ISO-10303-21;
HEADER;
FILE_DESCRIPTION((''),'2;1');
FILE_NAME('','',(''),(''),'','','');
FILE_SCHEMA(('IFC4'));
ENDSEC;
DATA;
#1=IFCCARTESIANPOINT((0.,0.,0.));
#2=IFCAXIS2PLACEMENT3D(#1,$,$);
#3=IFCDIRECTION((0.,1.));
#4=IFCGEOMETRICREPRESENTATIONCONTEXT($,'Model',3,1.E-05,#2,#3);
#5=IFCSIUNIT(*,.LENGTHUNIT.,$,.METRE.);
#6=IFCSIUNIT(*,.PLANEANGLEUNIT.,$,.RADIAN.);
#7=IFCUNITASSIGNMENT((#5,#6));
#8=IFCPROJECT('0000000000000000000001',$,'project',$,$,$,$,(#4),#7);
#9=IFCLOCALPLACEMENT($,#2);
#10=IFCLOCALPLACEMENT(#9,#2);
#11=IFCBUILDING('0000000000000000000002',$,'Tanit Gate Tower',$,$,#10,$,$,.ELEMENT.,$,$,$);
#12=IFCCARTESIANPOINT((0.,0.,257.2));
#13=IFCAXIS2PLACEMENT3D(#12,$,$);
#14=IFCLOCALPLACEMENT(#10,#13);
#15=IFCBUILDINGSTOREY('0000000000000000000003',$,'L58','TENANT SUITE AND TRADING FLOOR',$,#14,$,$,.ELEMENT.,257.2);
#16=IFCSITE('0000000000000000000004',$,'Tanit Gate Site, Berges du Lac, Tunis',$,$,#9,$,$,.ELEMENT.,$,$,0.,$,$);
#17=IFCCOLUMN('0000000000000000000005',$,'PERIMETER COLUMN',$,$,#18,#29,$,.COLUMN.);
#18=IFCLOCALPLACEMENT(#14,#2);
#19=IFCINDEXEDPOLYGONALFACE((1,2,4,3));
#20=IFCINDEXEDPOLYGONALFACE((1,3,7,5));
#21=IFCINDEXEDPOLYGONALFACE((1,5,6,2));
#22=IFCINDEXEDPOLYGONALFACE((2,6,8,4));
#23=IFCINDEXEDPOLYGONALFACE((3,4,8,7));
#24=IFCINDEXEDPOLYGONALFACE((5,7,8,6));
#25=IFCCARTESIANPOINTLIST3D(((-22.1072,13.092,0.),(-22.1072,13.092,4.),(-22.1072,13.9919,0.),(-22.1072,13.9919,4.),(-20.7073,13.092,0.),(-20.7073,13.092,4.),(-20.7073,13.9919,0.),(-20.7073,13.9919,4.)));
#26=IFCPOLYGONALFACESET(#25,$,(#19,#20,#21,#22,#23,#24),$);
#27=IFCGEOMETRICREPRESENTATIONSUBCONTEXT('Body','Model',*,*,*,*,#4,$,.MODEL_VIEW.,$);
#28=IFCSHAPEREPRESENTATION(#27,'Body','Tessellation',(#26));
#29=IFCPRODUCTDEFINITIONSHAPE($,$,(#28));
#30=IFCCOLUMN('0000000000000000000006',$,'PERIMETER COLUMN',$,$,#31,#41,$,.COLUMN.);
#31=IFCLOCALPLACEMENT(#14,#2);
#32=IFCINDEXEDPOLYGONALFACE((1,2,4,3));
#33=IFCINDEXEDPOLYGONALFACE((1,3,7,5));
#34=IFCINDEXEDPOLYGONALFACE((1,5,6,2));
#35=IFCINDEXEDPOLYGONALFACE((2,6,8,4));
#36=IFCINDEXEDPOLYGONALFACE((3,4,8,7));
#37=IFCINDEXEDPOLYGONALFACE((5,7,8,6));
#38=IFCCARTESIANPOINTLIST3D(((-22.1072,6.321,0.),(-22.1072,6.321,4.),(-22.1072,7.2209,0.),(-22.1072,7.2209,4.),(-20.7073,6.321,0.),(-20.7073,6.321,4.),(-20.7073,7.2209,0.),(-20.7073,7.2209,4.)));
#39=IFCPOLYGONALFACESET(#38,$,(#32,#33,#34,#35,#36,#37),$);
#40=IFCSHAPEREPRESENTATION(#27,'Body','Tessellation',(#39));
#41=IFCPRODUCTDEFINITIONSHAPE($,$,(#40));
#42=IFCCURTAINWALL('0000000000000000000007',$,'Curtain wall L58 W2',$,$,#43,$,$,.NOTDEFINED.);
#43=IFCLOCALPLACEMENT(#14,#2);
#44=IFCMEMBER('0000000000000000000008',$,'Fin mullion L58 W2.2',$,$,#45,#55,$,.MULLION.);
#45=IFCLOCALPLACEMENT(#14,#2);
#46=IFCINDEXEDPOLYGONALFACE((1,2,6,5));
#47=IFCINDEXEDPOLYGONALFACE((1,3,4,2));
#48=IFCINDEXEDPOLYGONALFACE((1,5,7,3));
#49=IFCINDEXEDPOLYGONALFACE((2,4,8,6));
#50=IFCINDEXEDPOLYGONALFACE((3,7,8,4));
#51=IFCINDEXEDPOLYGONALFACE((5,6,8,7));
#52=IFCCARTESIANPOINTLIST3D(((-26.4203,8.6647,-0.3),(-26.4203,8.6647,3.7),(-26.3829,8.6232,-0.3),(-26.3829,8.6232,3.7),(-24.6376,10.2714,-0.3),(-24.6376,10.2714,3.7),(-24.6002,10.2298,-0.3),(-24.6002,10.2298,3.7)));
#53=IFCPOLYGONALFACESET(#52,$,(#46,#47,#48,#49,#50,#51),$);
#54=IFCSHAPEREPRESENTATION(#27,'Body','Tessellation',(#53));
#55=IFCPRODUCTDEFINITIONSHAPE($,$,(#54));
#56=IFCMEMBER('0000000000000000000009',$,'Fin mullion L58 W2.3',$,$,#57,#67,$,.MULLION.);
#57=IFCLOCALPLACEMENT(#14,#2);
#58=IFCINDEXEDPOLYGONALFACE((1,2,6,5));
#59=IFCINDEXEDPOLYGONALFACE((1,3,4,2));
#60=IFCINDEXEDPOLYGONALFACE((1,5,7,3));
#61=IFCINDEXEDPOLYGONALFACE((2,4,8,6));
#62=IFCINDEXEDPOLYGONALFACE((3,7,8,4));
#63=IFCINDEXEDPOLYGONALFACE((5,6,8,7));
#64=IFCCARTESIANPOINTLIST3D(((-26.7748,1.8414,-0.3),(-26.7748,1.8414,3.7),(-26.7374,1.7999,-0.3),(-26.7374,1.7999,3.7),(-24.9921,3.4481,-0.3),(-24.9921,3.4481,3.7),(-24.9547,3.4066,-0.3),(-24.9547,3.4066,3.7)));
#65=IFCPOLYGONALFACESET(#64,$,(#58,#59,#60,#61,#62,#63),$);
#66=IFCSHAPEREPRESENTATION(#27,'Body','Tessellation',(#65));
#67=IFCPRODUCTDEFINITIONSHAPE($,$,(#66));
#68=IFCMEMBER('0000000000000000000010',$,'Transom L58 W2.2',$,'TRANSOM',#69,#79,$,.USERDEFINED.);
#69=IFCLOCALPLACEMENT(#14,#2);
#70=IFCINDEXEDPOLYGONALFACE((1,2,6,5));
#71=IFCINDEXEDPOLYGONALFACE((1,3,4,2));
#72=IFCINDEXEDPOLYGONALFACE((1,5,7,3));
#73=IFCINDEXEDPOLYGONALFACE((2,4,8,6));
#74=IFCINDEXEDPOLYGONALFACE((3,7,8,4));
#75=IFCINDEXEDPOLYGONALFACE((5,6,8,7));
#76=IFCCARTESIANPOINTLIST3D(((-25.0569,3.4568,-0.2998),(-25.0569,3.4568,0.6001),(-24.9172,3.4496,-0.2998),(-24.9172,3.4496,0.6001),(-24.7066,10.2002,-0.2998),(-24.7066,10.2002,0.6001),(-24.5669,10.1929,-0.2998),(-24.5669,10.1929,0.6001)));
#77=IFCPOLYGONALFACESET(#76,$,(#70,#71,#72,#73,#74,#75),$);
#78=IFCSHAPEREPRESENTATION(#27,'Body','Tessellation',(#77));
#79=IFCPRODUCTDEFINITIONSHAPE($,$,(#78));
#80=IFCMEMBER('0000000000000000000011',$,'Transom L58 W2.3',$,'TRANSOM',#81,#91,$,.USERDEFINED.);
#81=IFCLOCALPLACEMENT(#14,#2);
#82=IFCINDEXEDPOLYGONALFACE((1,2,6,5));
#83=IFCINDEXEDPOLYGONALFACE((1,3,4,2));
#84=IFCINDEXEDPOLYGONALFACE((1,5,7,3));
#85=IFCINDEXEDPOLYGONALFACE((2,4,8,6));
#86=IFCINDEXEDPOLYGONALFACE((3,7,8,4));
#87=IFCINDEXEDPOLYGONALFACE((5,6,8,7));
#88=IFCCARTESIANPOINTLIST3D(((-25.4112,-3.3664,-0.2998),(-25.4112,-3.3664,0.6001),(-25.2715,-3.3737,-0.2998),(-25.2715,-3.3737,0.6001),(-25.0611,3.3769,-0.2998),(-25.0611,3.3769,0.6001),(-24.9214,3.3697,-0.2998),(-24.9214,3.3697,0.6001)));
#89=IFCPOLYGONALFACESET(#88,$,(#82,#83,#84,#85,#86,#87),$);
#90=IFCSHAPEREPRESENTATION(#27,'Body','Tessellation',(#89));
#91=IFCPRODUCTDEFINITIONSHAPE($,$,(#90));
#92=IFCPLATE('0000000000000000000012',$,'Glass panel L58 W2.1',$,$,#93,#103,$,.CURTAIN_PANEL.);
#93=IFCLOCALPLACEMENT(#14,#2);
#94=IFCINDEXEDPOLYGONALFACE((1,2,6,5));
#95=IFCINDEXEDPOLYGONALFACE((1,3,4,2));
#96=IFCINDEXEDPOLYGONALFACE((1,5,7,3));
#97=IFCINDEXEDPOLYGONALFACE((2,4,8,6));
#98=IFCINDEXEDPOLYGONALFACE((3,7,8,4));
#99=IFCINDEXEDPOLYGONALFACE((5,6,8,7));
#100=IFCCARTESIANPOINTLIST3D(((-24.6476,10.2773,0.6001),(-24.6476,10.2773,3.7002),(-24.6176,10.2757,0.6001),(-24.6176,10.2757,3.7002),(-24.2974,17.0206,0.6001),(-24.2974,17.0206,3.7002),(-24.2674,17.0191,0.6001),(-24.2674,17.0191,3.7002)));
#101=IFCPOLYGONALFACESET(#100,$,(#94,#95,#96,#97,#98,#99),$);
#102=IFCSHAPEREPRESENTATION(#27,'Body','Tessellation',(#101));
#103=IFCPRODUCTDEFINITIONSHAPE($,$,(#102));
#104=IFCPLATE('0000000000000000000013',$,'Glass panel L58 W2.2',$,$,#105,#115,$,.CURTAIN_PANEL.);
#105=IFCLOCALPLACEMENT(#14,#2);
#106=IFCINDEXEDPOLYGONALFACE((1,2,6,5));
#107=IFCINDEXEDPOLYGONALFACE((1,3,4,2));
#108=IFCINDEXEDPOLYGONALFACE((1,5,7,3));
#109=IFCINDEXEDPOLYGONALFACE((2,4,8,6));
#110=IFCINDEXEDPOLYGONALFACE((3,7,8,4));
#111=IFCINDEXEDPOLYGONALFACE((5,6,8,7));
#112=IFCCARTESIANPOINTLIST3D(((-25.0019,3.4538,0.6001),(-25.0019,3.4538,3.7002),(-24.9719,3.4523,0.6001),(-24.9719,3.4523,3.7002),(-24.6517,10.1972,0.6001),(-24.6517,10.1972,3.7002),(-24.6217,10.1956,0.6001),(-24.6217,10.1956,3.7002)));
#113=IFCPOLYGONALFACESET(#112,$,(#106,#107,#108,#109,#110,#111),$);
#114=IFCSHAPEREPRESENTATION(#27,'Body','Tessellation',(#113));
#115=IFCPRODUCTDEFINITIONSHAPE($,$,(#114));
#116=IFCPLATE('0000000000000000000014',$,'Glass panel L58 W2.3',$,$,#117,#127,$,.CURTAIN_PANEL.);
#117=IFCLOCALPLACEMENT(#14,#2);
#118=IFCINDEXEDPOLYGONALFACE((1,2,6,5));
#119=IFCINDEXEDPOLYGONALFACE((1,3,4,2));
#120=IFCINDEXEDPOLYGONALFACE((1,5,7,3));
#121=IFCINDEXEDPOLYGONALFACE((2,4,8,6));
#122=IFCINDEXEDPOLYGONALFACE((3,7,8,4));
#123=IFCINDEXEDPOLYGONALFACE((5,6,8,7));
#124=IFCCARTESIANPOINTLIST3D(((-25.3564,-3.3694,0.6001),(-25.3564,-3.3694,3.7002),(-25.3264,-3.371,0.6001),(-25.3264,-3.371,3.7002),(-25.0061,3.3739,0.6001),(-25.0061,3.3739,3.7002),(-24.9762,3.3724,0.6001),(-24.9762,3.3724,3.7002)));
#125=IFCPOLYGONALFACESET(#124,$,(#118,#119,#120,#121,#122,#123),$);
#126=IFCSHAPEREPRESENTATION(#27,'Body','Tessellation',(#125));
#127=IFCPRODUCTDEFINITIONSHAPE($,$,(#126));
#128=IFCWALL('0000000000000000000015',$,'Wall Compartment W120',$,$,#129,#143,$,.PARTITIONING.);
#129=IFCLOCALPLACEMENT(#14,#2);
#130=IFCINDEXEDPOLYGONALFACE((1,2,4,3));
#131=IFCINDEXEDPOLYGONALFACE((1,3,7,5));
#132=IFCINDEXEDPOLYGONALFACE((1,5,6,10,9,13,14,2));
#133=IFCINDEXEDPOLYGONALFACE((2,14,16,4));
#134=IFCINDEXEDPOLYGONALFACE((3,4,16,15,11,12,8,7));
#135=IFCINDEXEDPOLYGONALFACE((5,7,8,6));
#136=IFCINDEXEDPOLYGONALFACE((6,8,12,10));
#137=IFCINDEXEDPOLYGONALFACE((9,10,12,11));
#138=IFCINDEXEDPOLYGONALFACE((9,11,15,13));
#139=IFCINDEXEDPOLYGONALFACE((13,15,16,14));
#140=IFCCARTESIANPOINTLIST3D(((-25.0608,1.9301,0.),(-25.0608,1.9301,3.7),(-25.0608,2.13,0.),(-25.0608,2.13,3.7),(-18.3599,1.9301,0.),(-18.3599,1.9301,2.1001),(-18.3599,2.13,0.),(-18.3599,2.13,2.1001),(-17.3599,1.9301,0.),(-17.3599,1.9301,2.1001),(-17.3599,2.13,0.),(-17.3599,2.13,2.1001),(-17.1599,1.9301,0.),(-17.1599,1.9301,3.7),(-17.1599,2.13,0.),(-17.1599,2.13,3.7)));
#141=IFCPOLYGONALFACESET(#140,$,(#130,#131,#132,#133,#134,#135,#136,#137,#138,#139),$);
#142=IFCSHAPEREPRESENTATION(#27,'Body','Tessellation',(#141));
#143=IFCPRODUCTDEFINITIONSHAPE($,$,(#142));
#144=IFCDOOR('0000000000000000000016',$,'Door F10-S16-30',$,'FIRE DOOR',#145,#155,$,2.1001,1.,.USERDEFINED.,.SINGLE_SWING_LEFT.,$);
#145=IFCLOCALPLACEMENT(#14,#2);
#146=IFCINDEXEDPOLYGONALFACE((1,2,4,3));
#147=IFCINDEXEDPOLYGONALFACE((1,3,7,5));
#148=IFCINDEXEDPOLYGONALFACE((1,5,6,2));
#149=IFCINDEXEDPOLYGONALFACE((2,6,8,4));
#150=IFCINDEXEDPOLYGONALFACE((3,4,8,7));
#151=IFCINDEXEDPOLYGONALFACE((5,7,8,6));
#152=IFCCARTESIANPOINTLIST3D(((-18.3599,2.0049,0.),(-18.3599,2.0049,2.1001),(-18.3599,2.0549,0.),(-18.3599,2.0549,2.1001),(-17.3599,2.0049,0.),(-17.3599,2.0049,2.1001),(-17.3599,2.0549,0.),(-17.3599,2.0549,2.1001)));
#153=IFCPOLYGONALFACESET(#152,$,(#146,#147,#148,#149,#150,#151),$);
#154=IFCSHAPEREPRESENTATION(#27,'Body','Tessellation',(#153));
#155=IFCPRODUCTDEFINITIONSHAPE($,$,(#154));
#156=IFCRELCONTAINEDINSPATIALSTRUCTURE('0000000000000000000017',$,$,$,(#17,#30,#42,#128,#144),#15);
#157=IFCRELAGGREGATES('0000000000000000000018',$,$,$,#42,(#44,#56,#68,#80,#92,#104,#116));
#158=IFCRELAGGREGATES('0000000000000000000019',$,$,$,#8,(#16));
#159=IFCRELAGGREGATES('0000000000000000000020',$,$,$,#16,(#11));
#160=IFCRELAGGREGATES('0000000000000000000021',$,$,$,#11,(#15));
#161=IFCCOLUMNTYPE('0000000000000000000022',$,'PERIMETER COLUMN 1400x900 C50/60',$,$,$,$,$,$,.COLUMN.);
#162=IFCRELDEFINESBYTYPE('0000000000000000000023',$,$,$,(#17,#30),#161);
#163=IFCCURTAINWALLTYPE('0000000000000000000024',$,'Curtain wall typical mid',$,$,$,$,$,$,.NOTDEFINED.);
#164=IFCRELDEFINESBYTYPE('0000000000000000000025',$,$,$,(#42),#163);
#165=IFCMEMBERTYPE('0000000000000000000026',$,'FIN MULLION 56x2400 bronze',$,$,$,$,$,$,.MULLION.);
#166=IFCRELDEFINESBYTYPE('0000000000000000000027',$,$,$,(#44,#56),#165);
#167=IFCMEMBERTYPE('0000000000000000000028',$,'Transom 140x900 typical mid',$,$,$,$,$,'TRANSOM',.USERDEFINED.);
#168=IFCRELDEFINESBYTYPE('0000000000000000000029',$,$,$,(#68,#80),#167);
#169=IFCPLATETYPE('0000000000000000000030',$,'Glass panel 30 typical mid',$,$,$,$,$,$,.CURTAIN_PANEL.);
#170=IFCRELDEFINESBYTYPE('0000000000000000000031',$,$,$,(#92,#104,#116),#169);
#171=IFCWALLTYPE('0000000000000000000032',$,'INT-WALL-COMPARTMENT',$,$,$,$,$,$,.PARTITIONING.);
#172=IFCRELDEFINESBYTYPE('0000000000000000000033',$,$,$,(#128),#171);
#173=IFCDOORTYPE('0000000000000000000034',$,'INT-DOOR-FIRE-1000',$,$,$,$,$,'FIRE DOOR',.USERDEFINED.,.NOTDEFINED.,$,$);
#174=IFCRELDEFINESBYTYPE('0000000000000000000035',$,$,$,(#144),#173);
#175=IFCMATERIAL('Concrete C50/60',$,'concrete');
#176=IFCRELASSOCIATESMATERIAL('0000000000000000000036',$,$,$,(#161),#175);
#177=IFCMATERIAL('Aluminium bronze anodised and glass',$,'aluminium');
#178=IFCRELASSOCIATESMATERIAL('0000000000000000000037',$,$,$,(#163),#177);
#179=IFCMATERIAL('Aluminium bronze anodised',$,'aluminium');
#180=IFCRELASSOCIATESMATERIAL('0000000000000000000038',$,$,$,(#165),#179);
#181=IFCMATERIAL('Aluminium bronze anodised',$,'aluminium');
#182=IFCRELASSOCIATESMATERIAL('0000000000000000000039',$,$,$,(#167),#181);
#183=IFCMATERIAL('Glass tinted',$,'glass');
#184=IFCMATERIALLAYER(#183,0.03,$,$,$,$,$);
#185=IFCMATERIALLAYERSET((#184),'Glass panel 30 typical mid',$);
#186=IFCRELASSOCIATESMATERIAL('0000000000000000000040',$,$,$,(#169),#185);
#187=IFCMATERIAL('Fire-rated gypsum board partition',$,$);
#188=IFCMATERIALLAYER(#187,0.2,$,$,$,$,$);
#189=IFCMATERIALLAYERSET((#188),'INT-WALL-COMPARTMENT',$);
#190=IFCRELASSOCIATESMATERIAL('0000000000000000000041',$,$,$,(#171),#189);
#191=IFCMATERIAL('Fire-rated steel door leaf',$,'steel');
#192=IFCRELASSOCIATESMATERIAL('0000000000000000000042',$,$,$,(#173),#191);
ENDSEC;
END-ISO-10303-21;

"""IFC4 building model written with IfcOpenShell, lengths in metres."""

from ifc_helpers import new_model, si_unit, direction, frame, frame_2d, origin, origin_2d, place, context, subcontext, project, spatial, rectangle, extrude, material, layer, layer_set, material_profile, profile_set, type_object, element, fill, aggregate, save


model = new_model("IFC4")

# Units and contexts
model_context = context("Model", 3, precision=1e-05, world=origin(), true_north=direction((0.0, 1.0)))
body_context = subcontext(model_context, "Body", "Model", "MODEL_VIEW")
ifc_project = project(units=[si_unit("LENGTHUNIT", "METRE"), si_unit("PLANEANGLEUNIT", "RADIAN")], contexts=[model_context])

# Site, building, storey
site_placement = place(None, origin())
site = spatial("IfcSite", under=ifc_project, at=site_placement, Name="Tanit Gate Site, Berges du Lac, Tunis", CompositionType="ELEMENT", RefElevation=0.0)
building_placement = place(site_placement, origin())
building = spatial("IfcBuilding", under=site, at=building_placement, Name="Tanit Gate Tower", CompositionType="ELEMENT")
storey_placement = place(building_placement, frame((0.0, 0.0, 257.2)))
storey = spatial("IfcBuildingStorey", under=building, at=storey_placement, Name="L58", Description="TENANT SUITE AND TRADING FLOOR", CompositionType="ELEMENT", Elevation=257.2)

# Columns
ifc_material_1 = material(Name="Concrete C50/60", Category="concrete")
ifc_material_profile_1 = material_profile(ifc_material_1, rectangle(XDim=1.3999, YDim=0.8999, at=origin_2d()), Name="RC 1400x900")
ifc_profile_set_1 = profile_set([ifc_material_profile_1], Name="Concrete C50/60")
column_type = type_object("IfcColumnType", Name="PERIMETER COLUMN 1400x900 C50/60", PredefinedType="COLUMN", material=ifc_profile_set_1)
for number, where, z_axis, x_axis, name in (
    (1, (-21.4072, 13.542, 0.0), (0.0, 0.0, 1.0), (-1.0, 0.0, 0.0), "PERIMETER COLUMN"),
    (2, (-21.4072, 6.771, 0.0), (0.0, 0.0, 1.0), (-1.0, 0.0, 0.0), "PERIMETER COLUMN"),
):
    element("IfcColumn", number, at=place(storey_placement, frame(where, z_axis=z_axis, x_axis=x_axis)), inside=storey, type_object=column_type, Name=name, PredefinedType="COLUMN", context=body_context, shape_type="SweptSolid", body=[
        extrude(rectangle(XDim=1.3999, YDim=0.8999, at=origin_2d()), origin(), (0.0, 0.0, 1.0), 4.0),
    ])

# Curtain wall, members, plates
ifc_material_2 = material(Name="Aluminium bronze anodised and glass", Category="aluminium")
curtain_wall_type = type_object("IfcCurtainWallType", Name="Curtain wall typical mid", PredefinedType="NOTDEFINED", material=ifc_material_2)
curtain_wall_placement = place(storey_placement, origin())
curtain_wall = element("IfcCurtainWall", 3, at=curtain_wall_placement, inside=storey, type_object=curtain_wall_type, Name="Curtain wall L58 W2", PredefinedType="NOTDEFINED")
ifc_material_3 = material(Name="Aluminium bronze anodised", Category="aluminium")
ifc_material_profile_2 = material_profile(ifc_material_3, rectangle(XDim=2.3999, YDim=0.0559, at=origin_2d()), Name="56x2400 bronze fin mullion")
ifc_profile_set_2 = profile_set([ifc_material_profile_2], Name="Aluminium bronze anodised")
member_type_1 = type_object("IfcMemberType", Name="FIN MULLION 56x2400 bronze", PredefinedType="MULLION", material=ifc_profile_set_2)
member_1_placement = place(storey_placement, frame((-25.5103, 9.4473, -0.3), z_axis=(0.0, 0.0, 1.0), x_axis=(0.742829, 0.669481, 0.0)))
member_1 = element("IfcMember", 4, at=member_1_placement, type_object=member_type_1, Name="Fin mullion L58 W2.2", PredefinedType="MULLION", context=body_context, shape_type="SweptSolid", body=[
    extrude(rectangle(XDim=2.3999, YDim=0.0559, at=origin_2d()), origin(), (0.0, 0.0, 1.0), 4.0),
])
member_2_placement = place(storey_placement, frame((-25.8647, 2.624, -0.3), z_axis=(0.0, 0.0, 1.0), x_axis=(0.742829, 0.669481, 0.0)))
member_2 = element("IfcMember", 5, at=member_2_placement, type_object=member_type_1, Name="Fin mullion L58 W2.3", PredefinedType="MULLION", context=body_context, shape_type="SweptSolid", body=[
    extrude(rectangle(XDim=2.3999, YDim=0.0559, at=origin_2d()), origin(), (0.0, 0.0, 1.0), 4.0),
])
ifc_material_4 = material(Name="Aluminium bronze anodised", Category="aluminium")
ifc_material_profile_3 = material_profile(ifc_material_4, rectangle(XDim=0.1399, YDim=0.8999, at=origin_2d()), Name="140x900 bronze transom")
ifc_profile_set_3 = profile_set([ifc_material_profile_3], Name="Aluminium bronze anodised")
member_type_2 = type_object("IfcMemberType", Name="Transom 140x900 typical mid", ElementType="TRANSOM", PredefinedType="USERDEFINED", material=ifc_profile_set_3)
member_3_placement = place(storey_placement, frame((-24.6367, 10.1965, 0.1501), z_axis=(-0.051883, -0.998653, 0.0), x_axis=(0.998653, -0.051883, 0.0)))
member_3 = element("IfcMember", 6, at=member_3_placement, type_object=member_type_2, Name="Transom L58 W2.2", ObjectType="TRANSOM", PredefinedType="USERDEFINED", context=body_context, shape_type="SweptSolid", body=[
    extrude(rectangle(XDim=0.1399, YDim=0.8999, at=origin_2d()), origin(), (0.0, 0.0, 1.0), 6.7524),
])
member_4_placement = place(storey_placement, frame((-24.9912, 3.3733, 0.1501), z_axis=(-0.051847, -0.998655, 0.0), x_axis=(0.998655, -0.051847, 0.0)))
member_4 = element("IfcMember", 7, at=member_4_placement, type_object=member_type_2, Name="Transom L58 W2.3", ObjectType="TRANSOM", PredefinedType="USERDEFINED", context=body_context, shape_type="SweptSolid", body=[
    extrude(rectangle(XDim=0.1399, YDim=0.8999, at=origin_2d()), origin(), (0.0, 0.0, 1.0), 6.7524),
])
ifc_material_5 = material(Name="Glass tinted", Category="glass")
ifc_layer_1 = layer(ifc_material_5, 0.03)
ifc_layer_set_1 = layer_set([ifc_layer_1], Name="Glass panel 30 typical mid")
plate_type = type_object("IfcPlateType", Name="Glass panel 30 typical mid", PredefinedType="CURTAIN_PANEL", material=ifc_layer_set_1)
plate_1_placement = place(storey_placement, frame((-24.4575, 13.6482, 0.6001), z_axis=(0.0, 0.0, 1.0), x_axis=(-0.051865, -0.998654, 0.0)))
plate_1 = element("IfcPlate", 8, at=plate_1_placement, type_object=plate_type, Name="Glass panel L58 W2.1", PredefinedType="CURTAIN_PANEL", context=body_context, shape_type="SweptSolid", body=[
    extrude(rectangle(XDim=6.7524, YDim=0.03, at=origin_2d()), origin(), (0.0, 0.0, 1.0), 3.1001),
])
plate_2_placement = place(storey_placement, frame((-24.8118, 6.8247, 0.6001), z_axis=(0.0, 0.0, 1.0), x_axis=(-0.051865, -0.998654, 0.0)))
plate_2 = element("IfcPlate", 9, at=plate_2_placement, type_object=plate_type, Name="Glass panel L58 W2.2", PredefinedType="CURTAIN_PANEL", context=body_context, shape_type="SweptSolid", body=[
    extrude(rectangle(XDim=6.7524, YDim=0.03, at=origin_2d()), origin(), (0.0, 0.0, 1.0), 3.1001),
])
plate_3_placement = place(storey_placement, frame((-25.1663, 0.0015, 0.6001), z_axis=(0.0, 0.0, 1.0), x_axis=(-0.051865, -0.998654, 0.0)))
plate_3 = element("IfcPlate", 10, at=plate_3_placement, type_object=plate_type, Name="Glass panel L58 W2.3", PredefinedType="CURTAIN_PANEL", context=body_context, shape_type="SweptSolid", body=[
    extrude(rectangle(XDim=6.7524, YDim=0.03, at=origin_2d()), origin(), (0.0, 0.0, 1.0), 3.1001),
])
aggregate(curtain_wall, [member_1, member_2, member_3, member_4, plate_1, plate_2, plate_3])

# Wall, opening, door
ifc_material_6 = material(Name="Fire-rated gypsum board partition")
ifc_layer_2 = layer(ifc_material_6, 0.2)
ifc_layer_set_2 = layer_set([ifc_layer_2], Name="INT-WALL-COMPARTMENT")
wall_type = type_object("IfcWallType", Name="INT-WALL-COMPARTMENT", PredefinedType="PARTITIONING", material=ifc_layer_set_2)
wall_placement = place(storey_placement, frame((-25.0608, 2.03, 0.0), z_axis=(0.0, 0.0, 1.0), x_axis=(1.0, 0.0, 0.0)))
wall = element("IfcWall", 11, at=wall_placement, inside=storey, type_object=wall_type, Name="Wall Compartment W120", PredefinedType="PARTITIONING", context=body_context, shape_type="SweptSolid", body=[
    extrude(rectangle(XDim=7.9009, YDim=0.2, at=frame_2d((3.9504, 0.0))), origin(), (0.0, 0.0, 1.0), 3.7),
])
opening_placement = place(wall_placement, frame((6.7009, 0.0, 0.0)))
opening = element("IfcOpeningElement", 12, at=opening_placement, cuts=wall, PredefinedType="OPENING", context=body_context, shape_type="SweptSolid", body=[
    extrude(rectangle(XDim=1.0, YDim=2.1001, at=frame_2d((0.5, 1.05))), frame((0.0, 0.1099, 0.0), z_axis=(0.0, -1.0, 0.0), x_axis=(1.0, 0.0, 0.0)), (0.0, 0.0, 1.0), 0.22),
])
ifc_material_7 = material(Name="Fire-rated steel door leaf", Category="steel")
door_type = type_object("IfcDoorType", Name="INT-DOOR-FIRE-1000", ElementType="FIRE DOOR", OperationType="NOTDEFINED", PredefinedType="USERDEFINED", material=ifc_material_7)
door_placement = place(opening_placement, origin())
door = element("IfcDoor", 13, at=door_placement, inside=storey, type_object=door_type, Name="Door F10-S16-30", ObjectType="FIRE DOOR", OperationType="SINGLE_SWING_LEFT", OverallHeight=2.1001, OverallWidth=1.0, PredefinedType="USERDEFINED", context=body_context, shape_type="SweptSolid", body=[
    extrude(rectangle(XDim=1.0, YDim=2.1001, at=frame_2d((0.5, 1.05))), frame((0.0, 0.0249, 0.0), z_axis=(0.0, -1.0, 0.0), x_axis=(1.0, 0.0, 0.0)), (0.0, 0.0, 1.0), 0.05),
])
fill(opening, door)

save(model, "model.ifc")
